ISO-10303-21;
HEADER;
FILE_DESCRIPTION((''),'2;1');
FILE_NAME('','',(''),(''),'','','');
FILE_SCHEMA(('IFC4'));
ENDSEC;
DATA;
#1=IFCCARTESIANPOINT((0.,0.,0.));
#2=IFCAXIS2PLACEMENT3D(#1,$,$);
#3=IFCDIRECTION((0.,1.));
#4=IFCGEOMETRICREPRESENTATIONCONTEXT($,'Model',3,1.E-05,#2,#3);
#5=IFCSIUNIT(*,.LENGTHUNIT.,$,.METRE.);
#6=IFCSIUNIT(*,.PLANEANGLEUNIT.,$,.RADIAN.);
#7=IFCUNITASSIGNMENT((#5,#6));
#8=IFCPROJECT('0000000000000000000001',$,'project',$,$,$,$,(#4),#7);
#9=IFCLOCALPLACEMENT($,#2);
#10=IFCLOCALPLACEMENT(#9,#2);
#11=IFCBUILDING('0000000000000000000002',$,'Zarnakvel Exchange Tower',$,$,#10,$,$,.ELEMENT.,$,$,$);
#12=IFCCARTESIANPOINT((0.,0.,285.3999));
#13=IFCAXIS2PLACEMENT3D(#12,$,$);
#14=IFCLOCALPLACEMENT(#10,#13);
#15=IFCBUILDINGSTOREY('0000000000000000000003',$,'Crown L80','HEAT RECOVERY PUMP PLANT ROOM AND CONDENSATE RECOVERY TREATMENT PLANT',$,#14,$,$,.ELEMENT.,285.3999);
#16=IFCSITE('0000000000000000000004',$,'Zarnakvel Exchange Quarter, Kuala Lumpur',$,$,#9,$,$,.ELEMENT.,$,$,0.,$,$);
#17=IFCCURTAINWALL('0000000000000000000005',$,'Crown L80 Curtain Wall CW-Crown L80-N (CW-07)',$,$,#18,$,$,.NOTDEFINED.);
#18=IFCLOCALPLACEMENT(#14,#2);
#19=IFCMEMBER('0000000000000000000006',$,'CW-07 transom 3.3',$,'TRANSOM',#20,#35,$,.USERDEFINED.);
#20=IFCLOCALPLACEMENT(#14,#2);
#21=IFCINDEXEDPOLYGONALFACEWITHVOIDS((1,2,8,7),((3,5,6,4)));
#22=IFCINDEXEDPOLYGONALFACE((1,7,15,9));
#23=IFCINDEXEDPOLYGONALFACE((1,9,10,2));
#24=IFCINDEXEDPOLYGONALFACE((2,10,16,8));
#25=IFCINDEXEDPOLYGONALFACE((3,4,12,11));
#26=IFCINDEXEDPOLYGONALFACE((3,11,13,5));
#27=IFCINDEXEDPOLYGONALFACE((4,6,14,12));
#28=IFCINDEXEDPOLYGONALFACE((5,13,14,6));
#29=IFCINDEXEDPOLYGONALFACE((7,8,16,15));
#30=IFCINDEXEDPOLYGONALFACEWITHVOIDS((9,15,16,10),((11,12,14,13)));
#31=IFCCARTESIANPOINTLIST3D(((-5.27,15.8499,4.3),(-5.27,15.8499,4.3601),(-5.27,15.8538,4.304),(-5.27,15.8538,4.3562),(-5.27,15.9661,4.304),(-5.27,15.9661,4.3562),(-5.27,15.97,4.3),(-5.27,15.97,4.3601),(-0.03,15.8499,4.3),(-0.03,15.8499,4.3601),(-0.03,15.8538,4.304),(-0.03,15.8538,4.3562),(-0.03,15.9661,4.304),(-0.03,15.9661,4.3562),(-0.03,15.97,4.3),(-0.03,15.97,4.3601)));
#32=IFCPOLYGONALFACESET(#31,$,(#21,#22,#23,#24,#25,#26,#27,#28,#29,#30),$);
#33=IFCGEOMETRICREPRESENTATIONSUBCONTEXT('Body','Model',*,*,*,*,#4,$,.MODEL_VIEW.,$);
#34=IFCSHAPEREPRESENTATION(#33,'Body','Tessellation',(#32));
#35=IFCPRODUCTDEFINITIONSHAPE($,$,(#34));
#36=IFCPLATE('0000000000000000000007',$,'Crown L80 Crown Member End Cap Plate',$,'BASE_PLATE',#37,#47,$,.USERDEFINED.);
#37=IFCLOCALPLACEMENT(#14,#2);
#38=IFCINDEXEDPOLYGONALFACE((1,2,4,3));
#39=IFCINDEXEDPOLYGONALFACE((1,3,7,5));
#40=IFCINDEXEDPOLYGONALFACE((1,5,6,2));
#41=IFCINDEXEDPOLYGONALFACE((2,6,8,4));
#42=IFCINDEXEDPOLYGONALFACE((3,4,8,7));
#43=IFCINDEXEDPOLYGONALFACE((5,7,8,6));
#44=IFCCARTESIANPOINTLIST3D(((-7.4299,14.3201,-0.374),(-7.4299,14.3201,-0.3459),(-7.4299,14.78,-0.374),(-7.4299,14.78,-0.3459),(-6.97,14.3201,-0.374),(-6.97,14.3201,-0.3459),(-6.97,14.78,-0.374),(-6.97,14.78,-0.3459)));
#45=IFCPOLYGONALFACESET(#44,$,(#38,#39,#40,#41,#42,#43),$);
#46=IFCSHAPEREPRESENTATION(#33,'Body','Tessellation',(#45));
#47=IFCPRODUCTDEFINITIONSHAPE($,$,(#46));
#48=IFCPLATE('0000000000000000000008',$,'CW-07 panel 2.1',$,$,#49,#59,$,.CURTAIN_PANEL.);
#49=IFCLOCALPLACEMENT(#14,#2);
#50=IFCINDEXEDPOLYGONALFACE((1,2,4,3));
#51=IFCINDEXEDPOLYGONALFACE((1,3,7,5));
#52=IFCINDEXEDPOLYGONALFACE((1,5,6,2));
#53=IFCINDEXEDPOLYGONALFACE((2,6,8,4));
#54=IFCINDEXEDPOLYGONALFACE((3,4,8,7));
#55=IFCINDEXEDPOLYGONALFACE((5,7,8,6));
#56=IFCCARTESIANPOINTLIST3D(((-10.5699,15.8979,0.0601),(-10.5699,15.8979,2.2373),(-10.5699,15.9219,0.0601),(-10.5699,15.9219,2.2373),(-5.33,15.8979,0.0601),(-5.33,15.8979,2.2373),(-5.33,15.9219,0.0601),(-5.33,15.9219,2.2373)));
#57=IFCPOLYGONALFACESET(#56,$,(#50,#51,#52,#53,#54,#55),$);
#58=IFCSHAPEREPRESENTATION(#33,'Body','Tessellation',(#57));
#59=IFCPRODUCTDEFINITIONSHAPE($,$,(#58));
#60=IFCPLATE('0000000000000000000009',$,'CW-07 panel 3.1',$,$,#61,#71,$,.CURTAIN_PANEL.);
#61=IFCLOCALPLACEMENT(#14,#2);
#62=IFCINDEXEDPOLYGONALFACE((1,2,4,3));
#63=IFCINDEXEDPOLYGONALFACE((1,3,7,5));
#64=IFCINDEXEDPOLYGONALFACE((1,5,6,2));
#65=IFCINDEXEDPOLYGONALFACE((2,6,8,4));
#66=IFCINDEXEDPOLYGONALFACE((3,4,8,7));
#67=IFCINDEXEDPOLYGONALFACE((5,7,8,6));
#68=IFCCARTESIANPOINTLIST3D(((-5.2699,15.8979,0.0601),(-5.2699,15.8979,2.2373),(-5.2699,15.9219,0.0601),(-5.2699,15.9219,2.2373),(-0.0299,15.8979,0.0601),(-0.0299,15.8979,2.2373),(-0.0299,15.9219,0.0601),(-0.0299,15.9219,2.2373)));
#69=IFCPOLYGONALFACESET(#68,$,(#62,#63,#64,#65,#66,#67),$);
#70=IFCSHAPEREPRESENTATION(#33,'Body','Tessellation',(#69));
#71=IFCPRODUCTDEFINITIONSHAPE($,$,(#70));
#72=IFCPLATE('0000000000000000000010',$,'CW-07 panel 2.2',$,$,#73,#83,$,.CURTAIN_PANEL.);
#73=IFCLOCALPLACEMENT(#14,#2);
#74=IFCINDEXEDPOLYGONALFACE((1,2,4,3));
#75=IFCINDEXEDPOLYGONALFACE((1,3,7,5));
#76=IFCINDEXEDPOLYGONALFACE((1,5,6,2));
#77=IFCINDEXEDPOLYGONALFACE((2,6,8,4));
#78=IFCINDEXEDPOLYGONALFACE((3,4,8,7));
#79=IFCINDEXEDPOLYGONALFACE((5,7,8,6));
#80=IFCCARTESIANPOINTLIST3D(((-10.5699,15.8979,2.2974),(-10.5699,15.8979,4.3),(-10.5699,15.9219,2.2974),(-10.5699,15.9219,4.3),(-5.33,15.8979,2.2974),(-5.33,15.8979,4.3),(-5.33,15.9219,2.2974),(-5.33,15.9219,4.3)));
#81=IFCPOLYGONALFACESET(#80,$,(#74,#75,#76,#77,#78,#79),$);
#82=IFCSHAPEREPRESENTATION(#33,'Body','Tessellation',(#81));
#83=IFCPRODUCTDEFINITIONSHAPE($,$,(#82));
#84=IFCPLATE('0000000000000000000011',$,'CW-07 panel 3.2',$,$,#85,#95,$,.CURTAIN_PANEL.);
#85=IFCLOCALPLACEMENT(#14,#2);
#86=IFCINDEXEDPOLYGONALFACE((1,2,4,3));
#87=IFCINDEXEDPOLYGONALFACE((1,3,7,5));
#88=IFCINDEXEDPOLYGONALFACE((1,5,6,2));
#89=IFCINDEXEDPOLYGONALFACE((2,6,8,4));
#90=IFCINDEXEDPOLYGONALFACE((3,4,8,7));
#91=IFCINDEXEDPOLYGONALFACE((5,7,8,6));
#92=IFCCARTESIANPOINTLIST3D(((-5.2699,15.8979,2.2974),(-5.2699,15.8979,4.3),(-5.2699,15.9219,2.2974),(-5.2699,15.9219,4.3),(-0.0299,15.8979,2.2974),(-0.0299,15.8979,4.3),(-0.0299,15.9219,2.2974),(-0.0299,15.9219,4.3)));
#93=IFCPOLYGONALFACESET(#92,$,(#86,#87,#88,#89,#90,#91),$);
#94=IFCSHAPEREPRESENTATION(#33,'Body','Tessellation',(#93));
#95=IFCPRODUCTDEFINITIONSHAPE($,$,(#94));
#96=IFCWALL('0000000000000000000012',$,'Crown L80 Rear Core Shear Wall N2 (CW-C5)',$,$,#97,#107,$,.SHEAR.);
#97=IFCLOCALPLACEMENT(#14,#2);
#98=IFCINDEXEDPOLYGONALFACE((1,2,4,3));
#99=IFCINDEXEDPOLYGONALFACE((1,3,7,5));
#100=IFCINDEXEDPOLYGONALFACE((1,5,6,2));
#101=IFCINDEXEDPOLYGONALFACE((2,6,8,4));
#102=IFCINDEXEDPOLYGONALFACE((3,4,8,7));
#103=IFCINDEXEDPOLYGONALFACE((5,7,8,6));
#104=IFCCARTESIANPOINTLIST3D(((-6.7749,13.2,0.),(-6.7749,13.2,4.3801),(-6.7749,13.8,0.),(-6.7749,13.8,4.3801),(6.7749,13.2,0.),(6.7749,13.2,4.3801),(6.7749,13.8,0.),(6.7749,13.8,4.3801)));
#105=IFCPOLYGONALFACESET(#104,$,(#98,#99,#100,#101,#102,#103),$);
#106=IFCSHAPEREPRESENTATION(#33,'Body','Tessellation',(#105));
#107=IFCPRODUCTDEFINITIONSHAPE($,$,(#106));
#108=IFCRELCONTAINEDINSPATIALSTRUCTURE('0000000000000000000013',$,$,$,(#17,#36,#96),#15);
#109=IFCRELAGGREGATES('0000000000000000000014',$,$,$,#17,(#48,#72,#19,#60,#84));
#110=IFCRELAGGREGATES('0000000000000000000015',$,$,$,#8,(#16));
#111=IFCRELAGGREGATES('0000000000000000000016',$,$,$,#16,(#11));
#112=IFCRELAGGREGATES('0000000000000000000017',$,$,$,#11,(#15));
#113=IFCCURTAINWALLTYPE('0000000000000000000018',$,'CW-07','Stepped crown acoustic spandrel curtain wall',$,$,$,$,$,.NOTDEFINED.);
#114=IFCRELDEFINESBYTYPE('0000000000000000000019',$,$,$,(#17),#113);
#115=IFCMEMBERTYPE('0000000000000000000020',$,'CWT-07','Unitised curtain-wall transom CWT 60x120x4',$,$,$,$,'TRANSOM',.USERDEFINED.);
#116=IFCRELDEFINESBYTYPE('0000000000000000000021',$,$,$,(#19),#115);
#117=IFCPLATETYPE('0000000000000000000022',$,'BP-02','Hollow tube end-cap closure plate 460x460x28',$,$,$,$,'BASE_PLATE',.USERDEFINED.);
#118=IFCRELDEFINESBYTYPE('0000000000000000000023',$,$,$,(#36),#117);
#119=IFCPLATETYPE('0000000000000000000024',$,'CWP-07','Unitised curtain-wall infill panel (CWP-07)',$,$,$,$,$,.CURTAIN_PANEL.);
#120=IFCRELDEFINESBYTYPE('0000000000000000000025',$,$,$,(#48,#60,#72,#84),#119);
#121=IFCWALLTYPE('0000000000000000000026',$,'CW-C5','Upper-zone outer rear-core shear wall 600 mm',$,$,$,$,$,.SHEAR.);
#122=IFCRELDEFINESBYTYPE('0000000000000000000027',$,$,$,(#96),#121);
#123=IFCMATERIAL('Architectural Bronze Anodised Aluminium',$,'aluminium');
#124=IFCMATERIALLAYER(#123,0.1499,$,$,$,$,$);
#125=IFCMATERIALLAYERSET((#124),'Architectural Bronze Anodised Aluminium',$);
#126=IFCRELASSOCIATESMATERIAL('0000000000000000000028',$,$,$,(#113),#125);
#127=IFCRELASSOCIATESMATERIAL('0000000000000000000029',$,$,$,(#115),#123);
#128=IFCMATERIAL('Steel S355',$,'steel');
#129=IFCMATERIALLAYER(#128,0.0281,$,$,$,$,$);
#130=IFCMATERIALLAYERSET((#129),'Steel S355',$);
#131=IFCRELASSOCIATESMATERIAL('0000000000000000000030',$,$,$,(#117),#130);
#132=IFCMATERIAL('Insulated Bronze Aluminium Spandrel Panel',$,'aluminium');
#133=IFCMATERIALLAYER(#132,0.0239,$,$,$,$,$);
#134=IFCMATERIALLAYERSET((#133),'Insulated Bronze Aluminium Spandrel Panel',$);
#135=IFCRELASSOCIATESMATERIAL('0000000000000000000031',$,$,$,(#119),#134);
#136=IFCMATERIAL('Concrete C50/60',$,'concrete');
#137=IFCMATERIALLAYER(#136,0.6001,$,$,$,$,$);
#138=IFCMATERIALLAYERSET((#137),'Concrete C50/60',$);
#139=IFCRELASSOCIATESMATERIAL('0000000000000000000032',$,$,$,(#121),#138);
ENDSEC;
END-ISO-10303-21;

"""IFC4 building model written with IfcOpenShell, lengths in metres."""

from ifc_helpers import new_model, si_unit, direction, frame, frame_2d, origin, origin_2d, place, context, subcontext, project, spatial, rectangle, hollow_rectangle, extrude, source, transform, mapped, material, layer, layer_set, material_profile, profile_set, type_object, element, aggregate, save


model = new_model("IFC4")

# Units and contexts
model_context = context("Model", 3, precision=1e-05, world=origin(), true_north=direction((0.0, 1.0)))
body_context = subcontext(model_context, "Body", "Model", "MODEL_VIEW")
ifc_project = project(units=[si_unit("LENGTHUNIT", "METRE"), si_unit("PLANEANGLEUNIT", "RADIAN")], contexts=[model_context])

# Site, building, storey
site_placement = place(None, origin())
site = spatial("IfcSite", under=ifc_project, at=site_placement, Name="Zarnakvel Exchange Quarter, Kuala Lumpur", CompositionType="ELEMENT", RefElevation=0.0)
building_placement = place(site_placement, origin())
building = spatial("IfcBuilding", under=site, at=building_placement, Name="Zarnakvel Exchange Tower", CompositionType="ELEMENT")
storey_placement = place(building_placement, frame((0.0, 0.0, 285.3999)))
storey = spatial("IfcBuildingStorey", under=building, at=storey_placement, Name="Crown L80", Description="HEAT RECOVERY PUMP PLANT ROOM AND CONDENSATE RECOVERY TREATMENT PLANT", CompositionType="ELEMENT", Elevation=285.3999)

# Shared definitions
ifc_material_1 = material(Name="Steel S355", Category="steel")

# Curtain wall, member
ifc_material_2 = material(Name="Architectural Bronze Anodised Aluminium", Category="aluminium")
ifc_layer_1 = layer(ifc_material_2, 0.1499)
ifc_layer_set_1 = layer_set([ifc_layer_1], Name="Architectural Bronze Anodised Aluminium")
curtain_wall_type = type_object("IfcCurtainWallType", Name="CW-07", Description="Stepped crown acoustic spandrel curtain wall", PredefinedType="NOTDEFINED", material=ifc_layer_set_1)
curtain_wall_placement = place(storey_placement, origin())
curtain_wall = element("IfcCurtainWall", 1, at=curtain_wall_placement, inside=storey, type_object=curtain_wall_type, Name="Crown L80 Curtain Wall CW-Crown L80-N (CW-07)", PredefinedType="NOTDEFINED")
ifc_material_profile_1 = material_profile(ifc_material_2, hollow_rectangle(XDim=0.1201, YDim=0.0601, WallThickness=0.0039, at=origin_2d()))
ifc_profile_set_1 = profile_set([ifc_material_profile_1], Name="Architectural Bronze Anodised Aluminium")
member_type_1 = type_object("IfcMemberType", Name="CWT-07", Description="Unitised curtain-wall transom CWT 60x120x4", ElementType="TRANSOM", PredefinedType="USERDEFINED", material=ifc_profile_set_1)
shared_shape_1 = source(origin(), body_context, "Body", "SweptSolid", [
    extrude(hollow_rectangle(XDim=0.1201, YDim=0.0601, WallThickness=0.0039, at=origin_2d()), origin(), (0.0, 0.0, 1.0), 5.24),
])
member_1_placement = place(storey_placement, frame((-5.27, 15.9099, 4.3301), z_axis=(1.0, 0.0, 0.0), x_axis=(0.0, 1.0, 0.0)))
member_1 = element("IfcMember", 2, at=member_1_placement, type_object=member_type_1, Name="CW-07 transom 3.3", ObjectType="TRANSOM", PredefinedType="USERDEFINED", context=body_context, shape_type="MappedRepresentation", body=[
    mapped(shared_shape_1, transform((0.0, 0.0, 0.0), x_axis=(1.0, 0.0, 0.0), y_axis=(0.0, 1.0, 0.0), z_axis=(0.0, 0.0, 1.0), scale=1.0)),
])

# Plates
ifc_layer_2 = layer(ifc_material_1, 0.0281)
ifc_layer_set_2 = layer_set([ifc_layer_2], Name="Steel S355")
plate_type_1 = type_object("IfcPlateType", Name="BP-02", Description="Hollow tube end-cap closure plate 460x460x28", ElementType="BASE_PLATE", PredefinedType="USERDEFINED", material=ifc_layer_set_2)
shared_shape_2 = source(origin(), body_context, "Body", "SweptSolid", [
    extrude(rectangle(XDim=0.46, YDim=0.46, at=origin_2d()), origin(), (0.0, 0.0, 1.0), 0.0281),
])
plate_1_placement = place(storey_placement, frame((-7.2, 14.55, -0.374), z_axis=(0.0, 0.0, 1.0), x_axis=(1.0, 0.0, 0.0)))
element("IfcPlate", 3, at=plate_1_placement, inside=storey, type_object=plate_type_1, Name="Crown L80 Crown Member End Cap Plate", ObjectType="BASE_PLATE", PredefinedType="USERDEFINED", context=body_context, shape_type="MappedRepresentation", body=[
    mapped(shared_shape_2, transform((0.0, 0.0, 0.0), x_axis=(1.0, 0.0, 0.0), y_axis=(0.0, 1.0, 0.0), z_axis=(0.0, 0.0, 1.0), scale=1.0)),
])
ifc_material_3 = material(Name="Insulated Bronze Aluminium Spandrel Panel", Category="aluminium")
ifc_layer_3 = layer(ifc_material_3, 0.0239)
ifc_layer_set_3 = layer_set([ifc_layer_3], Name="Insulated Bronze Aluminium Spandrel Panel")
plate_type_2 = type_object("IfcPlateType", Name="CWP-07", Description="Unitised curtain-wall infill panel (CWP-07)", PredefinedType="CURTAIN_PANEL", material=ifc_layer_set_3)
shared_shape_3 = source(origin(), body_context, "Body", "SweptSolid", [
    extrude(rectangle(XDim=5.24, YDim=0.0239, at=origin_2d()), origin(), (0.0, 0.0, 1.0), 2.1772),
])
plate_2_placement = place(storey_placement, frame((-7.95, 15.9099, 0.0601), z_axis=(0.0, 0.0, 1.0), x_axis=(1.0, 0.0, 0.0)))
plate_2 = element("IfcPlate", 4, at=plate_2_placement, type_object=plate_type_2, Name="CW-07 panel 2.1", PredefinedType="CURTAIN_PANEL", context=body_context, shape_type="MappedRepresentation", body=[
    mapped(shared_shape_3, transform((0.0, 0.0, 0.0), x_axis=(1.0, 0.0, 0.0), y_axis=(0.0, 1.0, 0.0), z_axis=(0.0, 0.0, 1.0), scale=1.0)),
])
plate_3_placement = place(storey_placement, frame((-2.6499, 15.9099, 0.0601), z_axis=(0.0, 0.0, 1.0), x_axis=(1.0, 0.0, 0.0)))
plate_3 = element("IfcPlate", 5, at=plate_3_placement, type_object=plate_type_2, Name="CW-07 panel 3.1", PredefinedType="CURTAIN_PANEL", context=body_context, shape_type="MappedRepresentation", body=[
    mapped(shared_shape_3, transform((0.0, 0.0, 0.0), x_axis=(1.0, 0.0, 0.0), y_axis=(0.0, 1.0, 0.0), z_axis=(0.0, 0.0, 1.0), scale=1.0)),
])
shared_shape_4 = source(origin(), body_context, "Body", "SweptSolid", [
    extrude(rectangle(XDim=5.24, YDim=0.0239, at=origin_2d()), origin(), (0.0, 0.0, 1.0), 2.0027),
])
plate_4_placement = place(storey_placement, frame((-7.95, 15.9099, 2.2974), z_axis=(0.0, 0.0, 1.0), x_axis=(1.0, 0.0, 0.0)))
plate_4 = element("IfcPlate", 6, at=plate_4_placement, type_object=plate_type_2, Name="CW-07 panel 2.2", PredefinedType="CURTAIN_PANEL", context=body_context, shape_type="MappedRepresentation", body=[
    mapped(shared_shape_4, transform((0.0, 0.0, 0.0), x_axis=(1.0, 0.0, 0.0), y_axis=(0.0, 1.0, 0.0), z_axis=(0.0, 0.0, 1.0), scale=1.0)),
])
plate_5_placement = place(storey_placement, frame((-2.6499, 15.9099, 2.2974), z_axis=(0.0, 0.0, 1.0), x_axis=(1.0, 0.0, 0.0)))
plate_5 = element("IfcPlate", 7, at=plate_5_placement, type_object=plate_type_2, Name="CW-07 panel 3.2", PredefinedType="CURTAIN_PANEL", context=body_context, shape_type="MappedRepresentation", body=[
    mapped(shared_shape_4, transform((0.0, 0.0, 0.0), x_axis=(1.0, 0.0, 0.0), y_axis=(0.0, 1.0, 0.0), z_axis=(0.0, 0.0, 1.0), scale=1.0)),
])
aggregate(curtain_wall, [plate_2, plate_4, member_1, plate_3, plate_5])

# Wall
ifc_material_4 = material(Name="Concrete C50/60", Category="concrete")
ifc_layer_4 = layer(ifc_material_4, 0.6001)
ifc_layer_set_4 = layer_set([ifc_layer_4], Name="Concrete C50/60")
wall_type = type_object("IfcWallType", Name="CW-C5", Description="Upper-zone outer rear-core shear wall 600 mm", PredefinedType="SHEAR", material=ifc_layer_set_4)
wall_placement = place(storey_placement, frame((-6.7749, 13.5, 0.0), z_axis=(0.0, 0.0, 1.0), x_axis=(1.0, 0.0, 0.0)))
element("IfcWall", 8, at=wall_placement, inside=storey, type_object=wall_type, Name="Crown L80 Rear Core Shear Wall N2 (CW-C5)", PredefinedType="SHEAR", context=body_context, shape_type="SweptSolid", body=[
    extrude(rectangle(XDim=13.5498, YDim=0.6001, at=frame_2d((6.7749, 0.0))), origin(), (0.0, 0.0, 1.0), 4.3801),
])

save(model, "model.ifc")
